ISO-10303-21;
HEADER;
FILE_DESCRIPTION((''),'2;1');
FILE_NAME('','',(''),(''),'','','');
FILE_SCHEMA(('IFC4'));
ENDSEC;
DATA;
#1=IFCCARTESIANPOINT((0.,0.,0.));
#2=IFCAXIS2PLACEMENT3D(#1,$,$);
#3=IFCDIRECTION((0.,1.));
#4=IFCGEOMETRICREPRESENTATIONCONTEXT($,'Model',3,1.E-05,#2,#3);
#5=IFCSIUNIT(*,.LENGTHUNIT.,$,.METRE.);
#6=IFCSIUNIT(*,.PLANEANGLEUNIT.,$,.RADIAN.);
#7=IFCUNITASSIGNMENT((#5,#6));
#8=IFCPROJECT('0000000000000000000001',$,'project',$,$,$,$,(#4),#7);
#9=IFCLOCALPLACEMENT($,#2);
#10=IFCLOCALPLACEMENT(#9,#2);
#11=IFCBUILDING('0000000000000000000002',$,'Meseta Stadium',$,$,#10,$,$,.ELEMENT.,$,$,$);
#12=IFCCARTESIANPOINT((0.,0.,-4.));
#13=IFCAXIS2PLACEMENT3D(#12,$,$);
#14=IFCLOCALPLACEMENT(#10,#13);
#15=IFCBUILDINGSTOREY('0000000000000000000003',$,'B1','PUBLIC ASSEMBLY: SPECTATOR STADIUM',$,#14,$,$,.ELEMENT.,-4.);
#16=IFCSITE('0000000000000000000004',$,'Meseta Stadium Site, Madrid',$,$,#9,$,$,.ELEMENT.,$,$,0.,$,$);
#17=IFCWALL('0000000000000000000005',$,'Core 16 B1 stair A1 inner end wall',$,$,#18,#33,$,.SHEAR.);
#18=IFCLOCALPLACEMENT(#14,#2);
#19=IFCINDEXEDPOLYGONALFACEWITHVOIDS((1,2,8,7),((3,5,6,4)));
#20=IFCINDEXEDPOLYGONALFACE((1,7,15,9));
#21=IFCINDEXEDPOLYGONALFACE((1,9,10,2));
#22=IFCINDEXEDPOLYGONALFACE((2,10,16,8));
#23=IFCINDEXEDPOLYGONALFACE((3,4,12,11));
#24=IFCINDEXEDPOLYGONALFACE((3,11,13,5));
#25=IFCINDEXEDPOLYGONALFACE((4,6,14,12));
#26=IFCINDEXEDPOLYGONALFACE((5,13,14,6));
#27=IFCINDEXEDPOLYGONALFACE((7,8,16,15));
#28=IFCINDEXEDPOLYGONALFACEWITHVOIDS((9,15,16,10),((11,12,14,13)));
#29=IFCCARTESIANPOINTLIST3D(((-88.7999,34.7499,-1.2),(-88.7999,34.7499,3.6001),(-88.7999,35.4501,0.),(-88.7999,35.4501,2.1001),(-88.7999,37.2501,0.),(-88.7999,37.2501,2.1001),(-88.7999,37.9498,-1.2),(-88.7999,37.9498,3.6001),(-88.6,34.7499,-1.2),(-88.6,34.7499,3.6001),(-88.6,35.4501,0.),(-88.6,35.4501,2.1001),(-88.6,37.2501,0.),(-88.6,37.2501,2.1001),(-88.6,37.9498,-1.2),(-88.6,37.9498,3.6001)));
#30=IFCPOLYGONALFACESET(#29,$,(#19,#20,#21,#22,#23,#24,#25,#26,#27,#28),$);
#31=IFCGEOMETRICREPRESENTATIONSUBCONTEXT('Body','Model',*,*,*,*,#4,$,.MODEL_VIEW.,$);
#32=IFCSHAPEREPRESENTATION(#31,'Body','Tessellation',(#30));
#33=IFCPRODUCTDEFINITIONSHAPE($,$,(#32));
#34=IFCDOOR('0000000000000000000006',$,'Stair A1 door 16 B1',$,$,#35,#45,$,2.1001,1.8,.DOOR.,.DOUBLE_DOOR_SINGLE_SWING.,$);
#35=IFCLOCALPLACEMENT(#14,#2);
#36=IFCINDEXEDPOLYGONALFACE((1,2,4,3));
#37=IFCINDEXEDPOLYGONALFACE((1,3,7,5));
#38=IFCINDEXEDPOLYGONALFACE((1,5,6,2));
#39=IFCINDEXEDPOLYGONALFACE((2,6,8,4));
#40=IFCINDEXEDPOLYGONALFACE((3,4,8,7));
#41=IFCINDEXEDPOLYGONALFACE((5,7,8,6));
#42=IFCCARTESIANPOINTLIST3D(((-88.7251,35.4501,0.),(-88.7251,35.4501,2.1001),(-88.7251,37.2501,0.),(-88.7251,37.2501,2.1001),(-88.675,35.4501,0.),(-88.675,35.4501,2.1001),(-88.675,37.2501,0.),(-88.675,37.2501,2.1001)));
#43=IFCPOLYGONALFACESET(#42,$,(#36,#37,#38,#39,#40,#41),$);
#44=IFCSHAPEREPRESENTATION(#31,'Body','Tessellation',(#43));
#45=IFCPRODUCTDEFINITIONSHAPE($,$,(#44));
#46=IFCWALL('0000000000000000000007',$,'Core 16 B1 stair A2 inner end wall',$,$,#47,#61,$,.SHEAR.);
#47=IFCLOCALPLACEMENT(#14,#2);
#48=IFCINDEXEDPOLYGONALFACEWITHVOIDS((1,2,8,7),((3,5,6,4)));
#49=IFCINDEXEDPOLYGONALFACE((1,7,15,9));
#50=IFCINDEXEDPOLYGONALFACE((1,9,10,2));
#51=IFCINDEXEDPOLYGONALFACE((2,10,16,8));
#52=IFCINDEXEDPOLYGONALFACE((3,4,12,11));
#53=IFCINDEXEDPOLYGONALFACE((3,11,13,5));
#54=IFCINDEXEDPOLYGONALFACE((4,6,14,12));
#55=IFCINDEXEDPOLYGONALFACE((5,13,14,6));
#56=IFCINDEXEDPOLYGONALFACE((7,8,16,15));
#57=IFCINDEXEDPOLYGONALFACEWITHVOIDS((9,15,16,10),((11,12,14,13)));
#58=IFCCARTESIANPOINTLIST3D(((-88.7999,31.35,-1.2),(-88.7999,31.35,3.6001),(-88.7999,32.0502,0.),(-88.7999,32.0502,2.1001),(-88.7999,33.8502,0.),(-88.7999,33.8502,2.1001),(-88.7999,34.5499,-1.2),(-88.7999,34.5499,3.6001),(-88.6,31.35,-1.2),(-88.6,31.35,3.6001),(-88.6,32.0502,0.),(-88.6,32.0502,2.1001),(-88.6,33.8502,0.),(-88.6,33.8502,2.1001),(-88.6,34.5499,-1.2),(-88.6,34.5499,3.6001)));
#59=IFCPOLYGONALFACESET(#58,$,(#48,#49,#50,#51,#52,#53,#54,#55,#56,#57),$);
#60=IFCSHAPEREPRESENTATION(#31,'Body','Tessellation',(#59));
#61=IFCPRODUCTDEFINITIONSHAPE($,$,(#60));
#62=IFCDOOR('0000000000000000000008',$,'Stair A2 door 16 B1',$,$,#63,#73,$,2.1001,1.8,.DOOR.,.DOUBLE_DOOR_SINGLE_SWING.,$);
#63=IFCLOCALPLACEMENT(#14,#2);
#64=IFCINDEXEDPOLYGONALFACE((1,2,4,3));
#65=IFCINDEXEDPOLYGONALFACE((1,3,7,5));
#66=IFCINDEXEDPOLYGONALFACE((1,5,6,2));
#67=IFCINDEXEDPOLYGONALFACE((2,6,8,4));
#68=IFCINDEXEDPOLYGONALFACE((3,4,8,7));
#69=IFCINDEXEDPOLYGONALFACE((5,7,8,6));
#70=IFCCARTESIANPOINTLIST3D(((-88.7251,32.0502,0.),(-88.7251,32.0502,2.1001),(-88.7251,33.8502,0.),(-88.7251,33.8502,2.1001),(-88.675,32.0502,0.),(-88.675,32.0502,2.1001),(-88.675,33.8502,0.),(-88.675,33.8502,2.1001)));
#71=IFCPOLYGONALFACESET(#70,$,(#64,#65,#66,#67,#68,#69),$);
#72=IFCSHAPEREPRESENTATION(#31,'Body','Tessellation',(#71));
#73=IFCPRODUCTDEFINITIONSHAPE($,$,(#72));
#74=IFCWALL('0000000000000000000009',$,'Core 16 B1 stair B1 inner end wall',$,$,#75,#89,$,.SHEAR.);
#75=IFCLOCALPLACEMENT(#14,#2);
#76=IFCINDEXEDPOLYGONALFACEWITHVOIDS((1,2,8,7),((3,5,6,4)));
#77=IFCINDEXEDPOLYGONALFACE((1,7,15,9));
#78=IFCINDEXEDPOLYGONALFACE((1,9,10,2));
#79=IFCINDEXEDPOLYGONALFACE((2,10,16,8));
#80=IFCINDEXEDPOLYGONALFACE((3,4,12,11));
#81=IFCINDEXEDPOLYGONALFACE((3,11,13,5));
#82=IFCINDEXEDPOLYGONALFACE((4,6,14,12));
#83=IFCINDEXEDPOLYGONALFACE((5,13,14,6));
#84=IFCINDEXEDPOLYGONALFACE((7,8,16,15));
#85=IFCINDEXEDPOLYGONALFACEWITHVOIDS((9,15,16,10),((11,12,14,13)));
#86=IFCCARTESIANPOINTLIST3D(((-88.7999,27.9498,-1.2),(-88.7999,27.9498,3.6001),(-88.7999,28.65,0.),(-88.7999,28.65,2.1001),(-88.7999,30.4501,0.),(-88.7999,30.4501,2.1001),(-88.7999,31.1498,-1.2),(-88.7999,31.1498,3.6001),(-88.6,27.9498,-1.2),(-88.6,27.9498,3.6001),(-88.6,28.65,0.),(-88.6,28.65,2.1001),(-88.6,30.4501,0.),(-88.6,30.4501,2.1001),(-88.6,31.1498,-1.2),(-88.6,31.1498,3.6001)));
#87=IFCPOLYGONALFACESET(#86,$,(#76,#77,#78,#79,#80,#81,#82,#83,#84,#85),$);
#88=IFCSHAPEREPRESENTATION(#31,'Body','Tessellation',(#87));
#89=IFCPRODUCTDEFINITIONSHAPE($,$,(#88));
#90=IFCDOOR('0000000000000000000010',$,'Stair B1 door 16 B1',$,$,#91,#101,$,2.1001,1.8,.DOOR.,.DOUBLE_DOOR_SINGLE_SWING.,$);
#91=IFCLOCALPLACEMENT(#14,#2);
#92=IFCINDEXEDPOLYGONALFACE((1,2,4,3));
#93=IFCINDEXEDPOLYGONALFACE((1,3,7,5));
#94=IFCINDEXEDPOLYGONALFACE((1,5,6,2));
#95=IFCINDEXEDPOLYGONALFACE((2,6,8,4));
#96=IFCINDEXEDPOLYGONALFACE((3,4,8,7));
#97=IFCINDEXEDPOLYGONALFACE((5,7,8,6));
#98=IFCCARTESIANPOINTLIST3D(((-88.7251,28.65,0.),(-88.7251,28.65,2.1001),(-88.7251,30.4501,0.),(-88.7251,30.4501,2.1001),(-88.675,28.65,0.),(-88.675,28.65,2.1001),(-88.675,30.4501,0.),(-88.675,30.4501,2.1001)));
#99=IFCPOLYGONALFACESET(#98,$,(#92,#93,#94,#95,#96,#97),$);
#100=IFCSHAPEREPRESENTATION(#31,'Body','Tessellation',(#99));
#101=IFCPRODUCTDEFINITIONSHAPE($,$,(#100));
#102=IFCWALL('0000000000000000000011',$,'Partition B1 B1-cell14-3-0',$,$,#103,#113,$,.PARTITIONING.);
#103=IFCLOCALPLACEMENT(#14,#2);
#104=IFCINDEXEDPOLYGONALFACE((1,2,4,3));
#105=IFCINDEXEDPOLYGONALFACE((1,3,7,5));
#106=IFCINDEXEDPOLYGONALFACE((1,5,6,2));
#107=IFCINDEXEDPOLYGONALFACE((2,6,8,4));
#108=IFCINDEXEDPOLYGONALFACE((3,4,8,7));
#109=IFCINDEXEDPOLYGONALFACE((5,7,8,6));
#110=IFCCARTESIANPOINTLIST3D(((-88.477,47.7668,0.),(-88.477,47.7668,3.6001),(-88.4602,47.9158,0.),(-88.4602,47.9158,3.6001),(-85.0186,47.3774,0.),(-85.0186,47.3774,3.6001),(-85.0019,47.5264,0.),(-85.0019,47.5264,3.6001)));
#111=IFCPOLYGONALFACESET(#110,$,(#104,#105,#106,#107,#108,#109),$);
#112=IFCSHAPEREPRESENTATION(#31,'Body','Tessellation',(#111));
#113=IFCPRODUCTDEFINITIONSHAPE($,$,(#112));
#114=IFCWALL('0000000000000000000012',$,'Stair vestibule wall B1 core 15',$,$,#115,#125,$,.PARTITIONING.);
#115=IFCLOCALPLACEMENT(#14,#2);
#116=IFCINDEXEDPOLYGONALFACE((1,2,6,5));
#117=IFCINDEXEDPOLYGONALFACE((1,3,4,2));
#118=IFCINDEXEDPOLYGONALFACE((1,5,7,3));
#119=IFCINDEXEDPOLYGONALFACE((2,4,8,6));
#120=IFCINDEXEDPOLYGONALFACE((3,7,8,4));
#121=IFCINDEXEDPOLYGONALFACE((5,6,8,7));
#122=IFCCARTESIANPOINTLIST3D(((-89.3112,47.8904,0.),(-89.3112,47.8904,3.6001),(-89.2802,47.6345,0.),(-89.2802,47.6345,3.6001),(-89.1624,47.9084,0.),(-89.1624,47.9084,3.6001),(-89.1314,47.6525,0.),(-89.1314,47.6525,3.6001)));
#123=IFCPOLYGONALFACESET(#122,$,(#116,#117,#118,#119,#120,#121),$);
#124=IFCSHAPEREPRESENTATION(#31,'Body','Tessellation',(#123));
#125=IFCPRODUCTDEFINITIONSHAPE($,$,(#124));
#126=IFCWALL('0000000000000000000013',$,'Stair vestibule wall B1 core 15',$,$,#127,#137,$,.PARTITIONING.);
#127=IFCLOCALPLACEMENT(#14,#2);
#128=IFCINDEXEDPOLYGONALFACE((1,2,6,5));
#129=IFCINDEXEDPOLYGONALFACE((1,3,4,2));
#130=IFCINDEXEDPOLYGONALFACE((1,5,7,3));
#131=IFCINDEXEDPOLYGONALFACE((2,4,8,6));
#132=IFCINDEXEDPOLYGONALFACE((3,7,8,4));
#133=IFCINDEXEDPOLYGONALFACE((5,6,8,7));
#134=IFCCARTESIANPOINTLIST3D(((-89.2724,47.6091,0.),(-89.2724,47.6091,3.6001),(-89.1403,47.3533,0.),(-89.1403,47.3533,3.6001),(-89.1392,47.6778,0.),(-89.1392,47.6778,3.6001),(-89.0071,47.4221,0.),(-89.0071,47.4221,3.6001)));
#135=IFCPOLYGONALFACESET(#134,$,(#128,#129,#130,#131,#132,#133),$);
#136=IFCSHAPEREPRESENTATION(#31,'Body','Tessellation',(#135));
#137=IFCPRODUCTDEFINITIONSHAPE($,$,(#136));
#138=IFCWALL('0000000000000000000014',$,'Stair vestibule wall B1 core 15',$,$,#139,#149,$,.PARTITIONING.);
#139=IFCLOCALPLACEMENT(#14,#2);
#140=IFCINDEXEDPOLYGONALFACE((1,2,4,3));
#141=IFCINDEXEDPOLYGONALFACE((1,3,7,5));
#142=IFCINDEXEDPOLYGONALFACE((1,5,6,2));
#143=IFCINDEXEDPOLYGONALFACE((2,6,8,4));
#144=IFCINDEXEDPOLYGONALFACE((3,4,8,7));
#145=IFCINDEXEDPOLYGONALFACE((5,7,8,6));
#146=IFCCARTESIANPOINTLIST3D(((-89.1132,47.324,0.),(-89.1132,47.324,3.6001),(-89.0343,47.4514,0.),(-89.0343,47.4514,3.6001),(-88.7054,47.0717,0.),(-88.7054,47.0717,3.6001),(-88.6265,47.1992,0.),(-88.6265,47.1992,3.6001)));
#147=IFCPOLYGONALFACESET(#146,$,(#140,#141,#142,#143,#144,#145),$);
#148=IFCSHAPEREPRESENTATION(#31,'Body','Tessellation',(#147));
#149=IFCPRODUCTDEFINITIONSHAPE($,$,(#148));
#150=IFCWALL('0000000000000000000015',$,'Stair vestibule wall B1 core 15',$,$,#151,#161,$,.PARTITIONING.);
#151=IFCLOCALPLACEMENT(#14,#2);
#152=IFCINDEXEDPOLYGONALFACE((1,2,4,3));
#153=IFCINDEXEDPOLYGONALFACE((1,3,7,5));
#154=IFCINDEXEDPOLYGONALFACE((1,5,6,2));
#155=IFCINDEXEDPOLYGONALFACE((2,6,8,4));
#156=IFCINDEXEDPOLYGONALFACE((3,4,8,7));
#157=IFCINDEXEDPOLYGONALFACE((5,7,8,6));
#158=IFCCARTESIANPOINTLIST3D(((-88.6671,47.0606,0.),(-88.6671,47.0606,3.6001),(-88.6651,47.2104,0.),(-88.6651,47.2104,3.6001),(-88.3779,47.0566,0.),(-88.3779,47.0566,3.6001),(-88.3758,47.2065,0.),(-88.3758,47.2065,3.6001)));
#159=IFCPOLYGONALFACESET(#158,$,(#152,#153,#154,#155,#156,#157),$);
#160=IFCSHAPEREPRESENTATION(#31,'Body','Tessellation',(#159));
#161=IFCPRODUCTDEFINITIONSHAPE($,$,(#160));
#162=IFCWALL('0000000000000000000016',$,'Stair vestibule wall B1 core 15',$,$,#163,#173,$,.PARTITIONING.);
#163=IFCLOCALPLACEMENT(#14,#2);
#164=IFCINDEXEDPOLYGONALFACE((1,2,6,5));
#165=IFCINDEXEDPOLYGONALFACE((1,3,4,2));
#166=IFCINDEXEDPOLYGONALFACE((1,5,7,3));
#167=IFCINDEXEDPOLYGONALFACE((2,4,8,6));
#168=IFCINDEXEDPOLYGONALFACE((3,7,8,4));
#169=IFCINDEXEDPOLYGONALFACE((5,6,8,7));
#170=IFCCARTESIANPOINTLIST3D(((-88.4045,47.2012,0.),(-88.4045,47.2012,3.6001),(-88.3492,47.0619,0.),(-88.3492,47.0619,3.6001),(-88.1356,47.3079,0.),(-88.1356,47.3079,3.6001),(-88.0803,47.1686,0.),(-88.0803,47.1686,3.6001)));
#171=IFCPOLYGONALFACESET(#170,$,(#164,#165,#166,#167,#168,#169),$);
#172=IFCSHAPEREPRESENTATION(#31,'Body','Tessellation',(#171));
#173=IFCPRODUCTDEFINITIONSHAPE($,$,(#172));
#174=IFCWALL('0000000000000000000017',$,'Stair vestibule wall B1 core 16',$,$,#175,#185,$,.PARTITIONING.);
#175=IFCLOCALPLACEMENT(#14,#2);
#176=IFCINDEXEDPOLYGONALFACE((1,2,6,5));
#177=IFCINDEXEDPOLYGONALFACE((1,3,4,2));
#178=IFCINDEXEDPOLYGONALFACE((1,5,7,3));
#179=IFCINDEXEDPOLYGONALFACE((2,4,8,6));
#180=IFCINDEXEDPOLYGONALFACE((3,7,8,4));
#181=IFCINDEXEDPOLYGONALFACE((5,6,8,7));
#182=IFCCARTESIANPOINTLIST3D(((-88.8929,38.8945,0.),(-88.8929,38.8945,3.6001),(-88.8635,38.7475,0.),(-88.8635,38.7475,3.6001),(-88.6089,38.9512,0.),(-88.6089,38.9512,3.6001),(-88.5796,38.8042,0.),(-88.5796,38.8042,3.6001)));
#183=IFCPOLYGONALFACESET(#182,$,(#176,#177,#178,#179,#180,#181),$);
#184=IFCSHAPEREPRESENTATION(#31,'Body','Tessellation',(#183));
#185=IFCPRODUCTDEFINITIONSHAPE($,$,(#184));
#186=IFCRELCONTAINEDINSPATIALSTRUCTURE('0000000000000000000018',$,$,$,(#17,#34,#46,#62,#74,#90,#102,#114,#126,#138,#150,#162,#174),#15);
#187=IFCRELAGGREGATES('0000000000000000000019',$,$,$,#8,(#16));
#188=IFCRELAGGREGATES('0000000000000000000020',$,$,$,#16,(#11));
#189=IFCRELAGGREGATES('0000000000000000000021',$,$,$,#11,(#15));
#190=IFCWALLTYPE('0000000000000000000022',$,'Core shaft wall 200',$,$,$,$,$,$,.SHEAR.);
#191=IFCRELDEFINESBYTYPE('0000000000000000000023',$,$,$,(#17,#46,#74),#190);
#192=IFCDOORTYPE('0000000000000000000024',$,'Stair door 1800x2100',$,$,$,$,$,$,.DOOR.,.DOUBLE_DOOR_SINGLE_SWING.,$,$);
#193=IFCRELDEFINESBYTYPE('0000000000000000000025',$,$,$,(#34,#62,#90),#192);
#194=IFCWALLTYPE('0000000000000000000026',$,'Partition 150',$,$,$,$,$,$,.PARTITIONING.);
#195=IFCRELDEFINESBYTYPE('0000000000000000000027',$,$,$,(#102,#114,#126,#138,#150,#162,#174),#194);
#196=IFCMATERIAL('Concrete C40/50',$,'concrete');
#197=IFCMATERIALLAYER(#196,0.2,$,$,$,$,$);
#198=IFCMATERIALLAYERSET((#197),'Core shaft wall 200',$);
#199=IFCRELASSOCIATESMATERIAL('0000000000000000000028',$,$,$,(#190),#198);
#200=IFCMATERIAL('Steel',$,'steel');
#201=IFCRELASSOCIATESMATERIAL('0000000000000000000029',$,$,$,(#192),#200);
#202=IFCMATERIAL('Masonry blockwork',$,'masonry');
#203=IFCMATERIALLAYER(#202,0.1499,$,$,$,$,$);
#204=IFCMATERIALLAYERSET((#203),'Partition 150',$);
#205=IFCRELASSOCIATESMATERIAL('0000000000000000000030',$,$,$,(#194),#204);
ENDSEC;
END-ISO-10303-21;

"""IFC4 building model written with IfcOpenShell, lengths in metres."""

from ifc_helpers import new_model, si_unit, direction, frame, frame_2d, origin, place, context, subcontext, project, spatial, rectangle, extrude, material, layer, layer_set, type_object, element, fill, save


model = new_model("IFC4")

# Units and contexts
model_context = context("Model", 3, precision=1e-05, world=origin(), true_north=direction((0.0, 1.0)))
body_context = subcontext(model_context, "Body", "Model", "MODEL_VIEW")
ifc_project = project(units=[si_unit("LENGTHUNIT", "METRE"), si_unit("PLANEANGLEUNIT", "RADIAN")], contexts=[model_context])

# Site, building, storey
site_placement = place(None, origin())
site = spatial("IfcSite", under=ifc_project, at=site_placement, Name="Meseta Stadium Site, Madrid", CompositionType="ELEMENT", RefElevation=0.0)
building_placement = place(site_placement, origin())
building = spatial("IfcBuilding", under=site, at=building_placement, Name="Meseta Stadium", CompositionType="ELEMENT")
storey_placement = place(building_placement, frame((0.0, 0.0, -4.0)))
storey = spatial("IfcBuildingStorey", under=building, at=storey_placement, Name="B1", Description="PUBLIC ASSEMBLY: SPECTATOR STADIUM", CompositionType="ELEMENT", Elevation=-4.0)

# Walls, openings, doors
ifc_material_1 = material(Name="Concrete C40/50", Category="concrete")
ifc_layer_1 = layer(ifc_material_1, 0.2)
ifc_layer_set_1 = layer_set([ifc_layer_1], Name="Core shaft wall 200")
wall_type_1 = type_object("IfcWallType", Name="Core shaft wall 200", PredefinedType="SHEAR", material=ifc_layer_set_1)
wall_1_placement = place(storey_placement, frame((-88.7, 37.95, -1.2), z_axis=(0.0, 0.0, 1.0), x_axis=(0.0, -1.0, 0.0)))
wall_1 = element("IfcWall", 1, at=wall_1_placement, inside=storey, type_object=wall_type_1, Name="Core 16 B1 stair A1 inner end wall", PredefinedType="SHEAR", context=body_context, shape_type="SweptSolid", body=[
    extrude(rectangle(XDim=3.2, YDim=0.2, at=frame_2d((1.6001, 0.0))), origin(), (0.0, 0.0, 1.0), 4.8),
])
opening_1_placement = place(wall_1_placement, frame((0.7, 0.0, 1.2)))
opening_1 = element("IfcOpeningElement", 2, at=opening_1_placement, cuts=wall_1, PredefinedType="OPENING", context=body_context, shape_type="SweptSolid", body=[
    extrude(rectangle(XDim=1.8, YDim=2.1001, at=frame_2d((0.8999, 1.05))), frame((0.0, 0.1099, 0.0), z_axis=(0.0, -1.0, 0.0), x_axis=(1.0, 0.0, 0.0)), (0.0, 0.0, 1.0), 0.22),
])
ifc_material_2 = material(Name="Steel", Category="steel")
door_type = type_object("IfcDoorType", Name="Stair door 1800x2100", OperationType="DOUBLE_DOOR_SINGLE_SWING", PredefinedType="DOOR", material=ifc_material_2)
door_1_placement = place(opening_1_placement, origin())
door_1 = element("IfcDoor", 3, at=door_1_placement, inside=storey, type_object=door_type, Name="Stair A1 door 16 B1", OperationType="DOUBLE_DOOR_SINGLE_SWING", OverallHeight=2.1001, OverallWidth=1.8, PredefinedType="DOOR", context=body_context, shape_type="SweptSolid", body=[
    extrude(rectangle(XDim=1.8, YDim=2.1001, at=frame_2d((0.8999, 1.05))), frame((0.0, 0.0249, 0.0), z_axis=(0.0, -1.0, 0.0), x_axis=(1.0, 0.0, 0.0)), (0.0, 0.0, 1.0), 0.05),
])
fill(opening_1, door_1)
wall_2_placement = place(storey_placement, frame((-88.7, 34.55, -1.2), z_axis=(0.0, 0.0, 1.0), x_axis=(0.0, -1.0, 0.0)))
wall_2 = element("IfcWall", 4, at=wall_2_placement, inside=storey, type_object=wall_type_1, Name="Core 16 B1 stair A2 inner end wall", PredefinedType="SHEAR", context=body_context, shape_type="SweptSolid", body=[
    extrude(rectangle(XDim=3.2, YDim=0.2, at=frame_2d((1.6001, 0.0))), origin(), (0.0, 0.0, 1.0), 4.8),
])
opening_2_placement = place(wall_2_placement, frame((0.7, 0.0, 1.2)))
opening_2 = element("IfcOpeningElement", 5, at=opening_2_placement, cuts=wall_2, PredefinedType="OPENING", context=body_context, shape_type="SweptSolid", body=[
    extrude(rectangle(XDim=1.8, YDim=2.1001, at=frame_2d((0.8999, 1.05))), frame((0.0, 0.1099, 0.0), z_axis=(0.0, -1.0, 0.0), x_axis=(1.0, 0.0, 0.0)), (0.0, 0.0, 1.0), 0.22),
])
door_2_placement = place(opening_2_placement, origin())
door_2 = element("IfcDoor", 6, at=door_2_placement, inside=storey, type_object=door_type, Name="Stair A2 door 16 B1", OperationType="DOUBLE_DOOR_SINGLE_SWING", OverallHeight=2.1001, OverallWidth=1.8, PredefinedType="DOOR", context=body_context, shape_type="SweptSolid", body=[
    extrude(rectangle(XDim=1.8, YDim=2.1001, at=frame_2d((0.8999, 1.05))), frame((0.0, 0.0249, 0.0), z_axis=(0.0, -1.0, 0.0), x_axis=(1.0, 0.0, 0.0)), (0.0, 0.0, 1.0), 0.05),
])
fill(opening_2, door_2)
wall_3_placement = place(storey_placement, frame((-88.7, 31.1499, -1.2), z_axis=(0.0, 0.0, 1.0), x_axis=(0.0, -1.0, 0.0)))
wall_3 = element("IfcWall", 7, at=wall_3_placement, inside=storey, type_object=wall_type_1, Name="Core 16 B1 stair B1 inner end wall", PredefinedType="SHEAR", context=body_context, shape_type="SweptSolid", body=[
    extrude(rectangle(XDim=3.2, YDim=0.2, at=frame_2d((1.6001, 0.0))), origin(), (0.0, 0.0, 1.0), 4.8),
])
opening_3_placement = place(wall_3_placement, frame((0.7, 0.0, 1.2)))
opening_3 = element("IfcOpeningElement", 8, at=opening_3_placement, cuts=wall_3, PredefinedType="OPENING", context=body_context, shape_type="SweptSolid", body=[
    extrude(rectangle(XDim=1.8, YDim=2.1001, at=frame_2d((0.8999, 1.05))), frame((0.0, 0.1099, 0.0), z_axis=(0.0, -1.0, 0.0), x_axis=(1.0, 0.0, 0.0)), (0.0, 0.0, 1.0), 0.22),
])
door_3_placement = place(opening_3_placement, origin())
door_3 = element("IfcDoor", 9, at=door_3_placement, inside=storey, type_object=door_type, Name="Stair B1 door 16 B1", OperationType="DOUBLE_DOOR_SINGLE_SWING", OverallHeight=2.1001, OverallWidth=1.8, PredefinedType="DOOR", context=body_context, shape_type="SweptSolid", body=[
    extrude(rectangle(XDim=1.8, YDim=2.1001, at=frame_2d((0.8999, 1.05))), frame((0.0, 0.0249, 0.0), z_axis=(0.0, -1.0, 0.0), x_axis=(1.0, 0.0, 0.0)), (0.0, 0.0, 1.0), 0.05),
])
fill(opening_3, door_3)

# Walls
ifc_material_3 = material(Name="Masonry blockwork", Category="masonry")
ifc_layer_2 = layer(ifc_material_3, 0.1499)
ifc_layer_set_2 = layer_set([ifc_layer_2], Name="Partition 150")
wall_type_2 = type_object("IfcWallType", Name="Partition 150", PredefinedType="PARTITIONING", material=ifc_layer_set_2)
wall_4_placement = place(storey_placement, frame((-88.4688, 47.8413, 0.0), z_axis=(0.0, 0.0, 1.0), x_axis=(0.99372, -0.111894, 0.0)))
element("IfcWall", 10, at=wall_4_placement, inside=storey, type_object=wall_type_2, Name="Partition B1 B1-cell14-3-0", PredefinedType="PARTITIONING", context=body_context, shape_type="SweptSolid", body=[
    extrude(rectangle(XDim=3.4802, YDim=0.1499, at=frame_2d((1.7402, 0.0))), origin(), (0.0, 0.0, 1.0), 3.6001),
])
wall_5_placement = place(storey_placement, frame((-89.2368, 47.8994, 0.0), z_axis=(0.0, 0.0, 1.0), x_axis=(0.120303, -0.992737, 0.0)))
element("IfcWall", 11, at=wall_5_placement, inside=storey, type_object=wall_type_2, Name="Stair vestibule wall B1 core 15", PredefinedType="PARTITIONING", context=body_context, shape_type="SweptSolid", body=[
    extrude(rectangle(XDim=0.2578, YDim=0.1499, at=frame_2d((0.1289, 0.0))), origin(), (0.0, 0.0, 1.0), 3.6001),
])
wall_6_placement = place(storey_placement, frame((-89.2058, 47.6436, 0.0), z_axis=(0.0, 0.0, 1.0), x_axis=(0.458708, -0.888587, 0.0)))
element("IfcWall", 12, at=wall_6_placement, inside=storey, type_object=wall_type_2, Name="Stair vestibule wall B1 core 15", PredefinedType="PARTITIONING", context=body_context, shape_type="SweptSolid", body=[
    extrude(rectangle(XDim=0.2878, YDim=0.1499, at=frame_2d((0.144, 0.0))), origin(), (0.0, 0.0, 1.0), 3.6001),
])
wall_7_placement = place(storey_placement, frame((-89.0737, 47.3877, 0.0), z_axis=(0.0, 0.0, 1.0), x_axis=(0.85045, -0.526057, 0.0)))
element("IfcWall", 13, at=wall_7_placement, inside=storey, type_object=wall_type_2, Name="Stair vestibule wall B1 core 15", PredefinedType="PARTITIONING", context=body_context, shape_type="SweptSolid", body=[
    extrude(rectangle(XDim=0.4795, YDim=0.1499, at=frame_2d((0.2397, 0.0))), origin(), (0.0, 0.0, 1.0), 3.6001),
])
for number, where, z_axis, x_axis, name in (
    (14, (-88.666, 47.1355, 0.0), (0.0, 0.0, 1.0), (0.999909, -0.013501, 0.0), "Stair vestibule wall B1 core 15"),
    (15, (-88.3767, 47.1316, 0.0), (0.0, 0.0, 1.0), (0.929463, 0.368915, 0.0), "Stair vestibule wall B1 core 15"),
):
    element("IfcWall", number, at=place(storey_placement, frame(where, z_axis=z_axis, x_axis=x_axis)), inside=storey, type_object=wall_type_2, Name=name, PredefinedType="PARTITIONING", context=body_context, shape_type="SweptSolid", body=[
        extrude(rectangle(XDim=0.2893, YDim=0.1499, at=frame_2d((0.1445, 0.0))), origin(), (0.0, 0.0, 1.0), 3.6001),
    ])
wall_8_placement = place(storey_placement, frame((-88.5942, 38.8777, 0.0), z_axis=(0.0, 0.0, 1.0), x_axis=(-0.980678, -0.19563, 0.0)))
element("IfcWall", 16, at=wall_8_placement, inside=storey, type_object=wall_type_2, Name="Stair vestibule wall B1 core 16", PredefinedType="PARTITIONING", context=body_context, shape_type="SweptSolid", body=[
    extrude(rectangle(XDim=0.2896, YDim=0.1499, at=frame_2d((0.1448, 0.0))), origin(), (0.0, 0.0, 1.0), 3.6001),
])

save(model, "model.ifc")
